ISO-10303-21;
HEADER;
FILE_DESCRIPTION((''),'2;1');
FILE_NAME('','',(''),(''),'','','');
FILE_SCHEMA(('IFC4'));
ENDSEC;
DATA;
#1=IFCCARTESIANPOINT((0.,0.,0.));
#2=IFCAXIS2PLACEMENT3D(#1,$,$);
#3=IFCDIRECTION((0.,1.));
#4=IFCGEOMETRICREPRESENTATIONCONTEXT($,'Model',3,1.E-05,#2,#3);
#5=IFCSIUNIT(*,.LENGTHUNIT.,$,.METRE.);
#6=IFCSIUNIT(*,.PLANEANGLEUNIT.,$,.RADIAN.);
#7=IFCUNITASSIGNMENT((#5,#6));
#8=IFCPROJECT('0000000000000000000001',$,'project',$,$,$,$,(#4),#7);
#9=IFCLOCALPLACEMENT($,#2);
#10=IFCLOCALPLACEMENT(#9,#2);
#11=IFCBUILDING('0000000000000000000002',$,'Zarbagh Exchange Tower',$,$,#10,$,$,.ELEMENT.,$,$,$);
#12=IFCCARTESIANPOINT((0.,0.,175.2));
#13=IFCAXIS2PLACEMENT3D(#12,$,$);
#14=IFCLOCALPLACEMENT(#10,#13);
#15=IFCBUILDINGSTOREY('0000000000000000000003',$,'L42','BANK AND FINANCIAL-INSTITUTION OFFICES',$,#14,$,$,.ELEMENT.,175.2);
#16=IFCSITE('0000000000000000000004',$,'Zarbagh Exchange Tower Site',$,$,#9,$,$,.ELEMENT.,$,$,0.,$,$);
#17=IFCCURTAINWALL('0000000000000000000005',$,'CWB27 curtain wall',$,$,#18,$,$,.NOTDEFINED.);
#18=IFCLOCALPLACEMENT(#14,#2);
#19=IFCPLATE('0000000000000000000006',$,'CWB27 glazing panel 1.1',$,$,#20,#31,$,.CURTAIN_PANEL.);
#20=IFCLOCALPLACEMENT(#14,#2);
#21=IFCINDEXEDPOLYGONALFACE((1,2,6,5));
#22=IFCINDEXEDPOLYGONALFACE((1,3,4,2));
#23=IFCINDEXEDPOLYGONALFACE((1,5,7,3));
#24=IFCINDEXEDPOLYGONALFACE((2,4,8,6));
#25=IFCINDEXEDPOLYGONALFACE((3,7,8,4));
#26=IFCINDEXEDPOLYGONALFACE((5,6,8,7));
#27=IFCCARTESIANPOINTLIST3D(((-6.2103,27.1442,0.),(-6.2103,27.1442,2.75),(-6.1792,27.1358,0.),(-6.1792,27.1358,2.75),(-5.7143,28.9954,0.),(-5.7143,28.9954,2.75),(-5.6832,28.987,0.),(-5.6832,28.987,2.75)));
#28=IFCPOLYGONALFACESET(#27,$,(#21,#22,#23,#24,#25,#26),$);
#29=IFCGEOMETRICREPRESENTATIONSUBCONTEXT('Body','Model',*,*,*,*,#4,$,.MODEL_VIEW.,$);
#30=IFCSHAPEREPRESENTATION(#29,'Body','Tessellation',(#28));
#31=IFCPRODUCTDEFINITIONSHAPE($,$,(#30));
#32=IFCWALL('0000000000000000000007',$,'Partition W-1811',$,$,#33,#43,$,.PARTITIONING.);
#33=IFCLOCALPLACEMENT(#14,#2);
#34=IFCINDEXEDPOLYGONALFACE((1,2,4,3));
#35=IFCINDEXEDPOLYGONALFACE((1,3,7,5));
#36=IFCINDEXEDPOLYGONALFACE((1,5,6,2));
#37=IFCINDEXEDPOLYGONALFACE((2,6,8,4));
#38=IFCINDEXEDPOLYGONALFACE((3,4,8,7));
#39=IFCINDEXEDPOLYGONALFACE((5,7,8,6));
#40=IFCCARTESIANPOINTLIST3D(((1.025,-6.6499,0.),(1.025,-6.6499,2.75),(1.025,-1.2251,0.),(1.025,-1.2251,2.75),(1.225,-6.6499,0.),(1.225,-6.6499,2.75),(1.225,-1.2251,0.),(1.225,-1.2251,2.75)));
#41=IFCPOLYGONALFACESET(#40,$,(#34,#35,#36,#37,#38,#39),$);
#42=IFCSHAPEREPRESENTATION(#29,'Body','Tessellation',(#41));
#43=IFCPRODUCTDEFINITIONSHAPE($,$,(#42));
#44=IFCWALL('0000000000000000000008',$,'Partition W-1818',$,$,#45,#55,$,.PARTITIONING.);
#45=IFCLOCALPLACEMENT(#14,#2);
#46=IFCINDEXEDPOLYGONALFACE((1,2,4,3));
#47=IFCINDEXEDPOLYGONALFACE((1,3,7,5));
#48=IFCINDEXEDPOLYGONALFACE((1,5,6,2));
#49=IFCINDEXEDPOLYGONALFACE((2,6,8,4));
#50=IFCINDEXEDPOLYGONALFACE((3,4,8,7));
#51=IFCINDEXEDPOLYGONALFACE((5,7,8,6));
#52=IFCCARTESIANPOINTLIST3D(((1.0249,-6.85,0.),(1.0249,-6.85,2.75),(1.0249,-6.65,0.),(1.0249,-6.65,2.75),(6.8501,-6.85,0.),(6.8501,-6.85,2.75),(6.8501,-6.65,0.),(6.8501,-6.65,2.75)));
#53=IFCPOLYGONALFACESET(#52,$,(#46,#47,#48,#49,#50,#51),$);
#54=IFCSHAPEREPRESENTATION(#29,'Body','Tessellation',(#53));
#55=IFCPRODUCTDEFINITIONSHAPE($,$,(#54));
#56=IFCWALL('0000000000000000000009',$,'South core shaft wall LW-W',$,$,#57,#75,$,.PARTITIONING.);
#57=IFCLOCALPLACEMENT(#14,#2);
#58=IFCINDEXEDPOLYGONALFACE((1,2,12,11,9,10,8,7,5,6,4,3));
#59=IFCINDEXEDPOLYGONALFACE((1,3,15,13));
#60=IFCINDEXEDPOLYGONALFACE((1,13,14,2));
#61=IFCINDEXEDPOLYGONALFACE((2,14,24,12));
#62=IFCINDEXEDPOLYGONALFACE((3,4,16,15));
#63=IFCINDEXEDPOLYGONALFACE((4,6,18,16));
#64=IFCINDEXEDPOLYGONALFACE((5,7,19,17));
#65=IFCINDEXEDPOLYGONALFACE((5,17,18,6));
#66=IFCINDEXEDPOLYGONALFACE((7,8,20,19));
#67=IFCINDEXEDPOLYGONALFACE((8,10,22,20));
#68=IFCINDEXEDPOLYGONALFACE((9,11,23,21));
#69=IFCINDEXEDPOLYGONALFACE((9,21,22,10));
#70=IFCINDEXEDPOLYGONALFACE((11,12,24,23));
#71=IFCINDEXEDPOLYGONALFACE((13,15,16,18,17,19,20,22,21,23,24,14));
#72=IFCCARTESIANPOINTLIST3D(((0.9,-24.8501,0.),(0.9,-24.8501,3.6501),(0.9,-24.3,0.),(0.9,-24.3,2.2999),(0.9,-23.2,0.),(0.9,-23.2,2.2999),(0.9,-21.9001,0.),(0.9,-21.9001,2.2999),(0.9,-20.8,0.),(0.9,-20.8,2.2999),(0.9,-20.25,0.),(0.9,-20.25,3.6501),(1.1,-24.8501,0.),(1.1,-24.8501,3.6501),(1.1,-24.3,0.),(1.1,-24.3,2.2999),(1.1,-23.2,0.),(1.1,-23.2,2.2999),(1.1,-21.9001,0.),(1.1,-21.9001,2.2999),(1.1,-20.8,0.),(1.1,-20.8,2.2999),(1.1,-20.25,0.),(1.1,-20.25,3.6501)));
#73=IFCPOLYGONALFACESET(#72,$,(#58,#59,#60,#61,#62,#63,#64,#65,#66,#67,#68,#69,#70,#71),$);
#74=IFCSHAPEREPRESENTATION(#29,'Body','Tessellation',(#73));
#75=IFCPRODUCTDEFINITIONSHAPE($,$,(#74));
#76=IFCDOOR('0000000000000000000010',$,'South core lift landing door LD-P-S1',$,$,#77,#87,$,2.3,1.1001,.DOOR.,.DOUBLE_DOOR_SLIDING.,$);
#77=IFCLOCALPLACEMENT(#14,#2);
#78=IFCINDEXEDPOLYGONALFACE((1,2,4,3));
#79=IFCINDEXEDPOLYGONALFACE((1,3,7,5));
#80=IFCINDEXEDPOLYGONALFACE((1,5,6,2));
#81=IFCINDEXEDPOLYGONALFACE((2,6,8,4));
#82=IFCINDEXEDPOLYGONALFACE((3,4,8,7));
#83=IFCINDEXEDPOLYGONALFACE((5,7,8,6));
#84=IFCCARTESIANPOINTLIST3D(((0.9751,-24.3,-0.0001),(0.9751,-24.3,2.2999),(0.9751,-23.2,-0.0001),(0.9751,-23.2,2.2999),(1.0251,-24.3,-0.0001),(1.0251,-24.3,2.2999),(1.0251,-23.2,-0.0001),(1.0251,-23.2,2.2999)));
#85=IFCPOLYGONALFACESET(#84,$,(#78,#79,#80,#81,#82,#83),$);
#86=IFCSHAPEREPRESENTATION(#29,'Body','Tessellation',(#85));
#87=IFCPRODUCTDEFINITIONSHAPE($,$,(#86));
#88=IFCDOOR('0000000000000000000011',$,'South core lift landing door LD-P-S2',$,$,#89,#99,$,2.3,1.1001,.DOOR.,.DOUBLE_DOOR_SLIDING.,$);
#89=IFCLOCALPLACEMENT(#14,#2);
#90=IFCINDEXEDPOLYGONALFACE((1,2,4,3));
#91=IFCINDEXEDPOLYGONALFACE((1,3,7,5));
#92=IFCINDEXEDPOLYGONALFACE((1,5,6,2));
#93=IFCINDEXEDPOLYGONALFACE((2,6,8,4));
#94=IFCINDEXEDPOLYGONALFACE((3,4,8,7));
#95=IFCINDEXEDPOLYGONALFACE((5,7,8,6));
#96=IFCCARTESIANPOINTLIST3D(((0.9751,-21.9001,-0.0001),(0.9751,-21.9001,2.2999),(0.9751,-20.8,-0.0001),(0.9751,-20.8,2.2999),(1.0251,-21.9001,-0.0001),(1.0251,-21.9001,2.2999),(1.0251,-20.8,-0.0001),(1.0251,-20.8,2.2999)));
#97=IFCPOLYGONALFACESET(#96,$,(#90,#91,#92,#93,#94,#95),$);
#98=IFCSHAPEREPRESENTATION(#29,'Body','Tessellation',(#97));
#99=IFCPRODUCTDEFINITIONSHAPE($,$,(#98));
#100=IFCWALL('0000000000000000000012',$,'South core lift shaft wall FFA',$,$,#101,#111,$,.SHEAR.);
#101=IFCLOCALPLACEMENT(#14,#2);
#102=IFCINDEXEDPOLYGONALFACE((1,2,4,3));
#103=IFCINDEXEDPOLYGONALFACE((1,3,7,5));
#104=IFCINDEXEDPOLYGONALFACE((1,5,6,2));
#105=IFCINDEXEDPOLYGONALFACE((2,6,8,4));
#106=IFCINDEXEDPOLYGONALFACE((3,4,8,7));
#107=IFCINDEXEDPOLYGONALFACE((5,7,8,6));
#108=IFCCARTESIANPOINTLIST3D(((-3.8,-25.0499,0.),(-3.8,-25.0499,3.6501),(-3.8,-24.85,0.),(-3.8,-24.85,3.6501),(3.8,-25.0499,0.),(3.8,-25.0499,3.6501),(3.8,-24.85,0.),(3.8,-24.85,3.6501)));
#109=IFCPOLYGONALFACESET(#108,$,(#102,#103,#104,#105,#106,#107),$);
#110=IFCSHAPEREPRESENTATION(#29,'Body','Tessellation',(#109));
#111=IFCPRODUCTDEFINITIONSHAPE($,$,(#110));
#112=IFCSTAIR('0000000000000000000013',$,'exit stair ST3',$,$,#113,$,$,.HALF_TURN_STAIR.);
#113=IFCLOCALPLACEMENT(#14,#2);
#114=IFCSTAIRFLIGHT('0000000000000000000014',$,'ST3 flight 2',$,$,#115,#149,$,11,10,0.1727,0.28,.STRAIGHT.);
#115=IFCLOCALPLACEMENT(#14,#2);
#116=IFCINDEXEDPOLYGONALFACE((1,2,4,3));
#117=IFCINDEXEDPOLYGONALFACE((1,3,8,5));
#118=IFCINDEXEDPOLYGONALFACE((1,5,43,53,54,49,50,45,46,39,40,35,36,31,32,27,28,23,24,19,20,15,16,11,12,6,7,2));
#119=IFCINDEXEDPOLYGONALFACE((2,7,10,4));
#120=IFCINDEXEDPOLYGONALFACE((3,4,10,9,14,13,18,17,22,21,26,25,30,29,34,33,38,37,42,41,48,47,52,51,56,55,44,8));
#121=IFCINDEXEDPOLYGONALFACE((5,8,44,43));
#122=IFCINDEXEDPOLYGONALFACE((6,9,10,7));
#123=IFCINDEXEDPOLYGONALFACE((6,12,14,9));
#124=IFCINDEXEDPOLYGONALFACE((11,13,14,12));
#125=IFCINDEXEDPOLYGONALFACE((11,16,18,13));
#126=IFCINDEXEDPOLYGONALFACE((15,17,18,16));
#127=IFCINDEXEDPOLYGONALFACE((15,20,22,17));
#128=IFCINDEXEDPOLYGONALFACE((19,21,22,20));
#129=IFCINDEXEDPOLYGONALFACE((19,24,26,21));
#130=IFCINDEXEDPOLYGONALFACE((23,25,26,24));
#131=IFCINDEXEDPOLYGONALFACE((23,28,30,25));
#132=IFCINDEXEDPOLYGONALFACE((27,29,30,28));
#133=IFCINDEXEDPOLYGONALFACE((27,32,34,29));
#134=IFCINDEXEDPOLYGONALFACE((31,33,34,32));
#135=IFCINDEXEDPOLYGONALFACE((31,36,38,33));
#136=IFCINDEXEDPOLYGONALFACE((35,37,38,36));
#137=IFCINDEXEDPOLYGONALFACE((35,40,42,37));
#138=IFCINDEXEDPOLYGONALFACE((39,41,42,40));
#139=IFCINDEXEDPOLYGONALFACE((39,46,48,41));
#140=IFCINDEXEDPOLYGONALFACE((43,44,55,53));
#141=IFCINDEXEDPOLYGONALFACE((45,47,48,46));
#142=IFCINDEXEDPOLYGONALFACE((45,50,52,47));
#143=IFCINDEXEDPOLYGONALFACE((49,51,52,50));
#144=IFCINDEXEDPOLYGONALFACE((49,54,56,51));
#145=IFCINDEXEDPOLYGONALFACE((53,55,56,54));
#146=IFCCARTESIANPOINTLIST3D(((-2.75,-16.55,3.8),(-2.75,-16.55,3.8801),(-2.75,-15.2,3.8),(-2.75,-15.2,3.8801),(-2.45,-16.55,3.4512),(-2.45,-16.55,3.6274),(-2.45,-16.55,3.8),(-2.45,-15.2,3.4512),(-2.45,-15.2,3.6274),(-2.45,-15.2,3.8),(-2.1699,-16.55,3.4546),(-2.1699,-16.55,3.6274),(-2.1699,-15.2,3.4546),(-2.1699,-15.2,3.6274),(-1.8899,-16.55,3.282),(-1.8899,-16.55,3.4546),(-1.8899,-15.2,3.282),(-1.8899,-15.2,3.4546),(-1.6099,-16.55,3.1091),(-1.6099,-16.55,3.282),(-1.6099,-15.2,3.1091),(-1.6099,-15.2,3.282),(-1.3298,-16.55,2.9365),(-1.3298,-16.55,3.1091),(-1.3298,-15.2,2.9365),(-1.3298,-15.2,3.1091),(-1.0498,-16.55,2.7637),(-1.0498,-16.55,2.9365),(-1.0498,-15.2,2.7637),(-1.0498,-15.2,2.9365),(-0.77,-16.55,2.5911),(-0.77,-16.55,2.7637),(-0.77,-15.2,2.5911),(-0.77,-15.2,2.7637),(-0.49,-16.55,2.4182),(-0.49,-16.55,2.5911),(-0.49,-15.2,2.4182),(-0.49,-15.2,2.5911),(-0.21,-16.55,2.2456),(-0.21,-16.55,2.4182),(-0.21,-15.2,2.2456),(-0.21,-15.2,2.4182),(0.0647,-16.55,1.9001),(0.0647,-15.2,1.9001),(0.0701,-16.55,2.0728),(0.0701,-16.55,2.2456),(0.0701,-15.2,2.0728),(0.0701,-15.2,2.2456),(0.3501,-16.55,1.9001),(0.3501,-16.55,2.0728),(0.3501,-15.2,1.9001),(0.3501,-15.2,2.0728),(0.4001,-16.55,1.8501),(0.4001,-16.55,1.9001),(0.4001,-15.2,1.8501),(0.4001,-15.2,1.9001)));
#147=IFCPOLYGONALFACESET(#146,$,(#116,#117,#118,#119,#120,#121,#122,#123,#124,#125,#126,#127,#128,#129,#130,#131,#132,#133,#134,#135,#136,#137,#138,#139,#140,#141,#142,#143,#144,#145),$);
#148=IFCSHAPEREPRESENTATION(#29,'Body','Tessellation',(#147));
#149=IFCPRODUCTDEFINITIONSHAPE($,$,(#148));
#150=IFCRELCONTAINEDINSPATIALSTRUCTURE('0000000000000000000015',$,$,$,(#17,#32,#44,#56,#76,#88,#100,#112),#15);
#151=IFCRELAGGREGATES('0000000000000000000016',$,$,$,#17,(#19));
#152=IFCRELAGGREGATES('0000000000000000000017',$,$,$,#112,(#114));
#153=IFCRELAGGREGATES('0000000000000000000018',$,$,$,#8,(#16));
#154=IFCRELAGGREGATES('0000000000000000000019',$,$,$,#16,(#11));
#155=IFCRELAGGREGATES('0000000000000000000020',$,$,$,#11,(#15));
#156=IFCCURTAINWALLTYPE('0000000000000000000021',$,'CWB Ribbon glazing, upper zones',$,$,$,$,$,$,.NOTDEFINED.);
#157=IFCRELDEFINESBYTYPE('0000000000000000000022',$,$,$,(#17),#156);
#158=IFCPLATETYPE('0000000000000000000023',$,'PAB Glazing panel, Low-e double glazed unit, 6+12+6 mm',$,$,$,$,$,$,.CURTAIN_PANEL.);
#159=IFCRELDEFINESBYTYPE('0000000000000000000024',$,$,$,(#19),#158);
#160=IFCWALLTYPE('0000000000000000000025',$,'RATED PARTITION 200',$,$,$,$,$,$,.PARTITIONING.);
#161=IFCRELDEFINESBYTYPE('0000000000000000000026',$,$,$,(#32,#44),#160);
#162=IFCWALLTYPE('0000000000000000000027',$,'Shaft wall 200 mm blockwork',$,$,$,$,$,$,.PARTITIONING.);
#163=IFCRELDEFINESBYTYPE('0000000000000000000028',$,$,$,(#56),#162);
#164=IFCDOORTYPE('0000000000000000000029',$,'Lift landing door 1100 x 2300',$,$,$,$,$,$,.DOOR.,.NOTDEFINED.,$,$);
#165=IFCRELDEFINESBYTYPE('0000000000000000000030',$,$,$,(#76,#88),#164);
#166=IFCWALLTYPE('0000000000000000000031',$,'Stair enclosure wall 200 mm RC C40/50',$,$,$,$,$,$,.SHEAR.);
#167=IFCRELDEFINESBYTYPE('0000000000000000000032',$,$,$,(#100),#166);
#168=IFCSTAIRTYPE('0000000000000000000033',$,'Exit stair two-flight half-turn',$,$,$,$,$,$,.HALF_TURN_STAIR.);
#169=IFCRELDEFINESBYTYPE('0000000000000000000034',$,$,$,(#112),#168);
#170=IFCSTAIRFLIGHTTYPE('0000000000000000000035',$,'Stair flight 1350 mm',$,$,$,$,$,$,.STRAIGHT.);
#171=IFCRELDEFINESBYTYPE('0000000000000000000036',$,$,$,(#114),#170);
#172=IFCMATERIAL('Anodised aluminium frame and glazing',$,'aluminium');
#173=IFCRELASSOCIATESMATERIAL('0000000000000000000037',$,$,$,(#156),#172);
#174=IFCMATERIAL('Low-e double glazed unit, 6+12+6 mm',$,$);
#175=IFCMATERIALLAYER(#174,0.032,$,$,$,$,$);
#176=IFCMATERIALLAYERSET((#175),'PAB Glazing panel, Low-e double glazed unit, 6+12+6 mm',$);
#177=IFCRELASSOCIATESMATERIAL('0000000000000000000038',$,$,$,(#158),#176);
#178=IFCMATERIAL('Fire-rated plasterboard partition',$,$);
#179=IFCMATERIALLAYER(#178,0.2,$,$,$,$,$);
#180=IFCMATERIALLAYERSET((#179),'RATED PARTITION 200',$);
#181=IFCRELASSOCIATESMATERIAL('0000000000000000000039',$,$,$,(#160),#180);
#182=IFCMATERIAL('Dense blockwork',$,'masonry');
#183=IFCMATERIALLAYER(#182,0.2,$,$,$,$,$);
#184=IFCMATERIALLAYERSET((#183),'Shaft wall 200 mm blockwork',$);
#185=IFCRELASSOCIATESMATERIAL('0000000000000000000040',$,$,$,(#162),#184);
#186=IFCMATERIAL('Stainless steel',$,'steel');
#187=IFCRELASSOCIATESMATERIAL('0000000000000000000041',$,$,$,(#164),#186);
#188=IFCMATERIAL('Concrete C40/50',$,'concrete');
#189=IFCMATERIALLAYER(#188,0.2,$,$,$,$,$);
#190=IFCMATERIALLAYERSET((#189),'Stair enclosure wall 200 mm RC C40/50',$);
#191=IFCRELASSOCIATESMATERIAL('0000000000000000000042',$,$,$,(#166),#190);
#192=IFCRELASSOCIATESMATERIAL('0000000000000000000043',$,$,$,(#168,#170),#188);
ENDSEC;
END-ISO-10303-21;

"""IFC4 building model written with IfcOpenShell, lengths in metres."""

from ifc_helpers import new_model, si_unit, direction, frame, frame_2d, origin, place, context, subcontext, project, spatial, polyline, rectangle, outline, extrude, source, transform, mapped, material, layer, layer_set, type_object, element, fill, aggregate, save


model = new_model("IFC4")

# Units and contexts
model_context = context("Model", 3, precision=1e-05, world=origin(), true_north=direction((0.0, 1.0)))
body_context = subcontext(model_context, "Body", "Model", "MODEL_VIEW")
ifc_project = project(units=[si_unit("LENGTHUNIT", "METRE"), si_unit("PLANEANGLEUNIT", "RADIAN")], contexts=[model_context])

# Site, building, storey
site_placement = place(None, origin())
site = spatial("IfcSite", under=ifc_project, at=site_placement, Name="Zarbagh Exchange Tower Site", CompositionType="ELEMENT", RefElevation=0.0)
building_placement = place(site_placement, origin())
building = spatial("IfcBuilding", under=site, at=building_placement, Name="Zarbagh Exchange Tower", CompositionType="ELEMENT")
storey_placement = place(building_placement, frame((0.0, 0.0, 175.2)))
storey = spatial("IfcBuildingStorey", under=building, at=storey_placement, Name="L42", Description="BANK AND FINANCIAL-INSTITUTION OFFICES", CompositionType="ELEMENT", Elevation=175.2)

# Shared definitions
ifc_material_1 = material(Name="Anodised aluminium frame and glazing", Category="aluminium")
curtain_wall_type = type_object("IfcCurtainWallType", Name="CWB Ribbon glazing, upper zones", PredefinedType="NOTDEFINED", material=ifc_material_1)
placement = place(storey_placement, origin())

# Shared definitions
ifc_material_2 = material(Name="Low-e double glazed unit, 6+12+6 mm")
ifc_layer_1 = layer(ifc_material_2, 0.032)
ifc_layer_set_1 = layer_set([ifc_layer_1], Name="PAB Glazing panel, Low-e double glazed unit, 6+12+6 mm")
plate_type = type_object("IfcPlateType", Name="PAB Glazing panel, Low-e double glazed unit, 6+12+6 mm", PredefinedType="CURTAIN_PANEL", material=ifc_layer_set_1)

# Curtain wall, plate
curtain_wall_1_placement = place(storey_placement, origin())
curtain_wall_1 = element("IfcCurtainWall", 1, at=curtain_wall_1_placement, inside=storey, type_object=curtain_wall_type, Name="CWB27 curtain wall", PredefinedType="NOTDEFINED")
shared_shape_1 = source(origin(), body_context, "Body", "SweptSolid", [
    extrude(outline(polyline([(0.0, -0.0161), (1.9165, -0.0161), (1.9165, 0.0161), (0.0, 0.0161), (0.0, -0.0161)])), origin(), (0.0, 0.0, 1.0), 2.75),
])
plate_1 = element("IfcPlate", 2, at=placement, type_object=plate_type, Name="CWB27 glazing panel 1.1", PredefinedType="CURTAIN_PANEL", context=body_context, shape_type="MappedRepresentation", body=[
    mapped(shared_shape_1, transform((-5.6987, 28.9912, 0.0), x_axis=(-0.258825, -0.965924, 0.0), y_axis=(0.965924, -0.258825, 0.0), z_axis=(0.0, 0.0, 1.0))),
])
aggregate(curtain_wall_1, [plate_1])

# Walls
ifc_material_3 = material(Name="Fire-rated plasterboard partition")
ifc_layer_2 = layer(ifc_material_3, 0.2)
ifc_layer_set_2 = layer_set([ifc_layer_2], Name="RATED PARTITION 200")
wall_type_1 = type_object("IfcWallType", Name="RATED PARTITION 200", PredefinedType="PARTITIONING", material=ifc_layer_set_2)
wall_1_placement = place(storey_placement, frame((1.125, -6.6499, 0.0), z_axis=(0.0, 0.0, 1.0), x_axis=(0.0, 1.0, 0.0)))
element("IfcWall", 3, at=wall_1_placement, inside=storey, type_object=wall_type_1, Name="Partition W-1811", PredefinedType="PARTITIONING", context=body_context, shape_type="SweptSolid", body=[
    extrude(rectangle(XDim=5.4248, YDim=0.2, at=frame_2d((2.7124, 0.0))), origin(), (0.0, 0.0, 1.0), 2.75),
])
wall_2_placement = place(storey_placement, frame((1.0249, -6.75, 0.0), z_axis=(0.0, 0.0, 1.0), x_axis=(1.0, 0.0, 0.0)))
element("IfcWall", 4, at=wall_2_placement, inside=storey, type_object=wall_type_1, Name="Partition W-1818", PredefinedType="PARTITIONING", context=body_context, shape_type="SweptSolid", body=[
    extrude(rectangle(XDim=5.8252, YDim=0.2, at=frame_2d((2.9126, 0.0))), origin(), (0.0, 0.0, 1.0), 2.75),
])

# Wall, openings, doors
ifc_material_4 = material(Name="Dense blockwork", Category="masonry")
ifc_layer_3 = layer(ifc_material_4, 0.2)
ifc_layer_set_3 = layer_set([ifc_layer_3], Name="Shaft wall 200 mm blockwork")
wall_type_2 = type_object("IfcWallType", Name="Shaft wall 200 mm blockwork", PredefinedType="PARTITIONING", material=ifc_layer_set_3)
wall_3_placement = place(storey_placement, frame((1.0, -24.8501, 0.0), z_axis=(0.0, 0.0, 1.0), x_axis=(0.0, 1.0, 0.0)))
wall_3 = element("IfcWall", 5, at=wall_3_placement, inside=storey, type_object=wall_type_2, Name="South core shaft wall LW-W", PredefinedType="PARTITIONING", context=body_context, shape_type="SweptSolid", body=[
    extrude(rectangle(XDim=4.6001, YDim=0.2, at=frame_2d((2.3, 0.0))), origin(), (0.0, 0.0, 1.0), 3.6501),
])
opening_1_placement = place(wall_3_placement, frame((0.55, 0.0, 0.0)))
opening_1 = element("IfcOpeningElement", 6, at=opening_1_placement, cuts=wall_3, PredefinedType="OPENING", context=body_context, shape_type="SweptSolid", body=[
    extrude(rectangle(XDim=1.1001, YDim=2.3, at=frame_2d((0.55, 1.1499))), frame((0.0, 0.1099, 0.0), z_axis=(0.0, -1.0, 0.0), x_axis=(1.0, 0.0, 0.0)), (0.0, 0.0, 1.0), 0.22),
])
opening_2_placement = place(wall_3_placement, frame((2.95, 0.0, 0.0)))
opening_2 = element("IfcOpeningElement", 7, at=opening_2_placement, cuts=wall_3, PredefinedType="OPENING", context=body_context, shape_type="SweptSolid", body=[
    extrude(rectangle(XDim=1.1001, YDim=2.3, at=frame_2d((0.55, 1.1499))), frame((0.0, 0.1099, 0.0), z_axis=(0.0, -1.0, 0.0), x_axis=(1.0, 0.0, 0.0)), (0.0, 0.0, 1.0), 0.22),
])
ifc_material_5 = material(Name="Stainless steel", Category="steel")
door_type = type_object("IfcDoorType", Name="Lift landing door 1100 x 2300", OperationType="NOTDEFINED", PredefinedType="DOOR", material=ifc_material_5)
door_1_placement = place(opening_1_placement, origin())
door_1 = element("IfcDoor", 8, at=door_1_placement, inside=storey, type_object=door_type, Name="South core lift landing door LD-P-S1", OperationType="DOUBLE_DOOR_SLIDING", OverallHeight=2.3, OverallWidth=1.1001, PredefinedType="DOOR", context=body_context, shape_type="SweptSolid", body=[
    extrude(rectangle(XDim=1.1001, YDim=2.3, at=frame_2d((0.55, 1.1499))), frame((0.0, 0.0249, 0.0), z_axis=(0.0, -1.0, 0.0), x_axis=(1.0, 0.0, 0.0)), (0.0, 0.0, 1.0), 0.05),
])
fill(opening_1, door_1)
door_2_placement = place(opening_2_placement, origin())
door_2 = element("IfcDoor", 9, at=door_2_placement, inside=storey, type_object=door_type, Name="South core lift landing door LD-P-S2", OperationType="DOUBLE_DOOR_SLIDING", OverallHeight=2.3, OverallWidth=1.1001, PredefinedType="DOOR", context=body_context, shape_type="SweptSolid", body=[
    extrude(rectangle(XDim=1.1001, YDim=2.3, at=frame_2d((0.55, 1.1499))), frame((0.0, 0.0249, 0.0), z_axis=(0.0, -1.0, 0.0), x_axis=(1.0, 0.0, 0.0)), (0.0, 0.0, 1.0), 0.05),
])
fill(opening_2, door_2)

# Wall
ifc_material_6 = material(Name="Concrete C40/50", Category="concrete")
ifc_layer_4 = layer(ifc_material_6, 0.2)
ifc_layer_set_4 = layer_set([ifc_layer_4], Name="Stair enclosure wall 200 mm RC C40/50")
wall_type_3 = type_object("IfcWallType", Name="Stair enclosure wall 200 mm RC C40/50", PredefinedType="SHEAR", material=ifc_layer_set_4)
wall_4_placement = place(storey_placement, frame((3.8, -24.95, 0.0), z_axis=(0.0, 0.0, 1.0), x_axis=(-1.0, 0.0, 0.0)))
element("IfcWall", 10, at=wall_4_placement, inside=storey, type_object=wall_type_3, Name="South core lift shaft wall FFA", PredefinedType="SHEAR", context=body_context, shape_type="SweptSolid", body=[
    extrude(rectangle(XDim=7.6001, YDim=0.2, at=frame_2d((3.8, 0.0))), origin(), (0.0, 0.0, 1.0), 3.6501),
])

# Stair, stair flight
stair_type = type_object("IfcStairType", Name="Exit stair two-flight half-turn", PredefinedType="HALF_TURN_STAIR", material=ifc_material_6)
stair_1_placement = place(storey_placement, origin())
stair_1 = element("IfcStair", 11, at=stair_1_placement, inside=storey, type_object=stair_type, Name="exit stair ST3", PredefinedType="HALF_TURN_STAIR")
stair_flight_type_1 = type_object("IfcStairFlightType", Name="Stair flight 1350 mm", PredefinedType="STRAIGHT", material=ifc_material_6)
stair_flight_1_placement = place(storey_placement, frame((0.3501, -15.875, 1.9001), z_axis=(0.0, 0.0, 1.0), x_axis=(-1.0, 0.0, 0.0)))
stair_flight_1 = element("IfcStairFlight", 12, at=stair_flight_1_placement, type_object=stair_flight_type_1, Name="ST3 flight 2", NumberOfRisers=11, NumberOfTreads=10, PredefinedType="STRAIGHT", RiserHeight=0.1727, TreadLength=0.28, context=body_context, shape_type="SweptSolid", body=[
    extrude(outline(polyline([(-0.05, -0.05), (-0.05, 0.0), (0.0, 0.0), (0.0, 0.1726), (0.28, 0.1726), (0.28, 0.3455), (0.5601, 0.3455), (0.5601, 0.5181), (0.8401, 0.5181), (0.8401, 0.6909), (1.1201, 0.6909), (1.1201, 0.8635), (1.3999, 0.8635), (1.3999, 1.0364), (1.6799, 1.0364), (1.6799, 1.209), (1.96, 1.209), (1.96, 1.3818), (2.24, 1.3818), (2.24, 1.5544), (2.52, 1.5544), (2.52, 1.7273), (2.8, 1.7273), (2.8, 1.8999), (3.1001, 1.98), (3.1001, 1.8999), (2.8, 1.551), (0.2854, 0.0), (-0.05, -0.05)])), frame((0.0, 0.675, 0.0), z_axis=(0.0, -1.0, 0.0), x_axis=(1.0, 0.0, 0.0)), (0.0, 0.0, 1.0), 1.3501),
])
aggregate(stair_1, [stair_flight_1])

save(model, "model.ifc")
